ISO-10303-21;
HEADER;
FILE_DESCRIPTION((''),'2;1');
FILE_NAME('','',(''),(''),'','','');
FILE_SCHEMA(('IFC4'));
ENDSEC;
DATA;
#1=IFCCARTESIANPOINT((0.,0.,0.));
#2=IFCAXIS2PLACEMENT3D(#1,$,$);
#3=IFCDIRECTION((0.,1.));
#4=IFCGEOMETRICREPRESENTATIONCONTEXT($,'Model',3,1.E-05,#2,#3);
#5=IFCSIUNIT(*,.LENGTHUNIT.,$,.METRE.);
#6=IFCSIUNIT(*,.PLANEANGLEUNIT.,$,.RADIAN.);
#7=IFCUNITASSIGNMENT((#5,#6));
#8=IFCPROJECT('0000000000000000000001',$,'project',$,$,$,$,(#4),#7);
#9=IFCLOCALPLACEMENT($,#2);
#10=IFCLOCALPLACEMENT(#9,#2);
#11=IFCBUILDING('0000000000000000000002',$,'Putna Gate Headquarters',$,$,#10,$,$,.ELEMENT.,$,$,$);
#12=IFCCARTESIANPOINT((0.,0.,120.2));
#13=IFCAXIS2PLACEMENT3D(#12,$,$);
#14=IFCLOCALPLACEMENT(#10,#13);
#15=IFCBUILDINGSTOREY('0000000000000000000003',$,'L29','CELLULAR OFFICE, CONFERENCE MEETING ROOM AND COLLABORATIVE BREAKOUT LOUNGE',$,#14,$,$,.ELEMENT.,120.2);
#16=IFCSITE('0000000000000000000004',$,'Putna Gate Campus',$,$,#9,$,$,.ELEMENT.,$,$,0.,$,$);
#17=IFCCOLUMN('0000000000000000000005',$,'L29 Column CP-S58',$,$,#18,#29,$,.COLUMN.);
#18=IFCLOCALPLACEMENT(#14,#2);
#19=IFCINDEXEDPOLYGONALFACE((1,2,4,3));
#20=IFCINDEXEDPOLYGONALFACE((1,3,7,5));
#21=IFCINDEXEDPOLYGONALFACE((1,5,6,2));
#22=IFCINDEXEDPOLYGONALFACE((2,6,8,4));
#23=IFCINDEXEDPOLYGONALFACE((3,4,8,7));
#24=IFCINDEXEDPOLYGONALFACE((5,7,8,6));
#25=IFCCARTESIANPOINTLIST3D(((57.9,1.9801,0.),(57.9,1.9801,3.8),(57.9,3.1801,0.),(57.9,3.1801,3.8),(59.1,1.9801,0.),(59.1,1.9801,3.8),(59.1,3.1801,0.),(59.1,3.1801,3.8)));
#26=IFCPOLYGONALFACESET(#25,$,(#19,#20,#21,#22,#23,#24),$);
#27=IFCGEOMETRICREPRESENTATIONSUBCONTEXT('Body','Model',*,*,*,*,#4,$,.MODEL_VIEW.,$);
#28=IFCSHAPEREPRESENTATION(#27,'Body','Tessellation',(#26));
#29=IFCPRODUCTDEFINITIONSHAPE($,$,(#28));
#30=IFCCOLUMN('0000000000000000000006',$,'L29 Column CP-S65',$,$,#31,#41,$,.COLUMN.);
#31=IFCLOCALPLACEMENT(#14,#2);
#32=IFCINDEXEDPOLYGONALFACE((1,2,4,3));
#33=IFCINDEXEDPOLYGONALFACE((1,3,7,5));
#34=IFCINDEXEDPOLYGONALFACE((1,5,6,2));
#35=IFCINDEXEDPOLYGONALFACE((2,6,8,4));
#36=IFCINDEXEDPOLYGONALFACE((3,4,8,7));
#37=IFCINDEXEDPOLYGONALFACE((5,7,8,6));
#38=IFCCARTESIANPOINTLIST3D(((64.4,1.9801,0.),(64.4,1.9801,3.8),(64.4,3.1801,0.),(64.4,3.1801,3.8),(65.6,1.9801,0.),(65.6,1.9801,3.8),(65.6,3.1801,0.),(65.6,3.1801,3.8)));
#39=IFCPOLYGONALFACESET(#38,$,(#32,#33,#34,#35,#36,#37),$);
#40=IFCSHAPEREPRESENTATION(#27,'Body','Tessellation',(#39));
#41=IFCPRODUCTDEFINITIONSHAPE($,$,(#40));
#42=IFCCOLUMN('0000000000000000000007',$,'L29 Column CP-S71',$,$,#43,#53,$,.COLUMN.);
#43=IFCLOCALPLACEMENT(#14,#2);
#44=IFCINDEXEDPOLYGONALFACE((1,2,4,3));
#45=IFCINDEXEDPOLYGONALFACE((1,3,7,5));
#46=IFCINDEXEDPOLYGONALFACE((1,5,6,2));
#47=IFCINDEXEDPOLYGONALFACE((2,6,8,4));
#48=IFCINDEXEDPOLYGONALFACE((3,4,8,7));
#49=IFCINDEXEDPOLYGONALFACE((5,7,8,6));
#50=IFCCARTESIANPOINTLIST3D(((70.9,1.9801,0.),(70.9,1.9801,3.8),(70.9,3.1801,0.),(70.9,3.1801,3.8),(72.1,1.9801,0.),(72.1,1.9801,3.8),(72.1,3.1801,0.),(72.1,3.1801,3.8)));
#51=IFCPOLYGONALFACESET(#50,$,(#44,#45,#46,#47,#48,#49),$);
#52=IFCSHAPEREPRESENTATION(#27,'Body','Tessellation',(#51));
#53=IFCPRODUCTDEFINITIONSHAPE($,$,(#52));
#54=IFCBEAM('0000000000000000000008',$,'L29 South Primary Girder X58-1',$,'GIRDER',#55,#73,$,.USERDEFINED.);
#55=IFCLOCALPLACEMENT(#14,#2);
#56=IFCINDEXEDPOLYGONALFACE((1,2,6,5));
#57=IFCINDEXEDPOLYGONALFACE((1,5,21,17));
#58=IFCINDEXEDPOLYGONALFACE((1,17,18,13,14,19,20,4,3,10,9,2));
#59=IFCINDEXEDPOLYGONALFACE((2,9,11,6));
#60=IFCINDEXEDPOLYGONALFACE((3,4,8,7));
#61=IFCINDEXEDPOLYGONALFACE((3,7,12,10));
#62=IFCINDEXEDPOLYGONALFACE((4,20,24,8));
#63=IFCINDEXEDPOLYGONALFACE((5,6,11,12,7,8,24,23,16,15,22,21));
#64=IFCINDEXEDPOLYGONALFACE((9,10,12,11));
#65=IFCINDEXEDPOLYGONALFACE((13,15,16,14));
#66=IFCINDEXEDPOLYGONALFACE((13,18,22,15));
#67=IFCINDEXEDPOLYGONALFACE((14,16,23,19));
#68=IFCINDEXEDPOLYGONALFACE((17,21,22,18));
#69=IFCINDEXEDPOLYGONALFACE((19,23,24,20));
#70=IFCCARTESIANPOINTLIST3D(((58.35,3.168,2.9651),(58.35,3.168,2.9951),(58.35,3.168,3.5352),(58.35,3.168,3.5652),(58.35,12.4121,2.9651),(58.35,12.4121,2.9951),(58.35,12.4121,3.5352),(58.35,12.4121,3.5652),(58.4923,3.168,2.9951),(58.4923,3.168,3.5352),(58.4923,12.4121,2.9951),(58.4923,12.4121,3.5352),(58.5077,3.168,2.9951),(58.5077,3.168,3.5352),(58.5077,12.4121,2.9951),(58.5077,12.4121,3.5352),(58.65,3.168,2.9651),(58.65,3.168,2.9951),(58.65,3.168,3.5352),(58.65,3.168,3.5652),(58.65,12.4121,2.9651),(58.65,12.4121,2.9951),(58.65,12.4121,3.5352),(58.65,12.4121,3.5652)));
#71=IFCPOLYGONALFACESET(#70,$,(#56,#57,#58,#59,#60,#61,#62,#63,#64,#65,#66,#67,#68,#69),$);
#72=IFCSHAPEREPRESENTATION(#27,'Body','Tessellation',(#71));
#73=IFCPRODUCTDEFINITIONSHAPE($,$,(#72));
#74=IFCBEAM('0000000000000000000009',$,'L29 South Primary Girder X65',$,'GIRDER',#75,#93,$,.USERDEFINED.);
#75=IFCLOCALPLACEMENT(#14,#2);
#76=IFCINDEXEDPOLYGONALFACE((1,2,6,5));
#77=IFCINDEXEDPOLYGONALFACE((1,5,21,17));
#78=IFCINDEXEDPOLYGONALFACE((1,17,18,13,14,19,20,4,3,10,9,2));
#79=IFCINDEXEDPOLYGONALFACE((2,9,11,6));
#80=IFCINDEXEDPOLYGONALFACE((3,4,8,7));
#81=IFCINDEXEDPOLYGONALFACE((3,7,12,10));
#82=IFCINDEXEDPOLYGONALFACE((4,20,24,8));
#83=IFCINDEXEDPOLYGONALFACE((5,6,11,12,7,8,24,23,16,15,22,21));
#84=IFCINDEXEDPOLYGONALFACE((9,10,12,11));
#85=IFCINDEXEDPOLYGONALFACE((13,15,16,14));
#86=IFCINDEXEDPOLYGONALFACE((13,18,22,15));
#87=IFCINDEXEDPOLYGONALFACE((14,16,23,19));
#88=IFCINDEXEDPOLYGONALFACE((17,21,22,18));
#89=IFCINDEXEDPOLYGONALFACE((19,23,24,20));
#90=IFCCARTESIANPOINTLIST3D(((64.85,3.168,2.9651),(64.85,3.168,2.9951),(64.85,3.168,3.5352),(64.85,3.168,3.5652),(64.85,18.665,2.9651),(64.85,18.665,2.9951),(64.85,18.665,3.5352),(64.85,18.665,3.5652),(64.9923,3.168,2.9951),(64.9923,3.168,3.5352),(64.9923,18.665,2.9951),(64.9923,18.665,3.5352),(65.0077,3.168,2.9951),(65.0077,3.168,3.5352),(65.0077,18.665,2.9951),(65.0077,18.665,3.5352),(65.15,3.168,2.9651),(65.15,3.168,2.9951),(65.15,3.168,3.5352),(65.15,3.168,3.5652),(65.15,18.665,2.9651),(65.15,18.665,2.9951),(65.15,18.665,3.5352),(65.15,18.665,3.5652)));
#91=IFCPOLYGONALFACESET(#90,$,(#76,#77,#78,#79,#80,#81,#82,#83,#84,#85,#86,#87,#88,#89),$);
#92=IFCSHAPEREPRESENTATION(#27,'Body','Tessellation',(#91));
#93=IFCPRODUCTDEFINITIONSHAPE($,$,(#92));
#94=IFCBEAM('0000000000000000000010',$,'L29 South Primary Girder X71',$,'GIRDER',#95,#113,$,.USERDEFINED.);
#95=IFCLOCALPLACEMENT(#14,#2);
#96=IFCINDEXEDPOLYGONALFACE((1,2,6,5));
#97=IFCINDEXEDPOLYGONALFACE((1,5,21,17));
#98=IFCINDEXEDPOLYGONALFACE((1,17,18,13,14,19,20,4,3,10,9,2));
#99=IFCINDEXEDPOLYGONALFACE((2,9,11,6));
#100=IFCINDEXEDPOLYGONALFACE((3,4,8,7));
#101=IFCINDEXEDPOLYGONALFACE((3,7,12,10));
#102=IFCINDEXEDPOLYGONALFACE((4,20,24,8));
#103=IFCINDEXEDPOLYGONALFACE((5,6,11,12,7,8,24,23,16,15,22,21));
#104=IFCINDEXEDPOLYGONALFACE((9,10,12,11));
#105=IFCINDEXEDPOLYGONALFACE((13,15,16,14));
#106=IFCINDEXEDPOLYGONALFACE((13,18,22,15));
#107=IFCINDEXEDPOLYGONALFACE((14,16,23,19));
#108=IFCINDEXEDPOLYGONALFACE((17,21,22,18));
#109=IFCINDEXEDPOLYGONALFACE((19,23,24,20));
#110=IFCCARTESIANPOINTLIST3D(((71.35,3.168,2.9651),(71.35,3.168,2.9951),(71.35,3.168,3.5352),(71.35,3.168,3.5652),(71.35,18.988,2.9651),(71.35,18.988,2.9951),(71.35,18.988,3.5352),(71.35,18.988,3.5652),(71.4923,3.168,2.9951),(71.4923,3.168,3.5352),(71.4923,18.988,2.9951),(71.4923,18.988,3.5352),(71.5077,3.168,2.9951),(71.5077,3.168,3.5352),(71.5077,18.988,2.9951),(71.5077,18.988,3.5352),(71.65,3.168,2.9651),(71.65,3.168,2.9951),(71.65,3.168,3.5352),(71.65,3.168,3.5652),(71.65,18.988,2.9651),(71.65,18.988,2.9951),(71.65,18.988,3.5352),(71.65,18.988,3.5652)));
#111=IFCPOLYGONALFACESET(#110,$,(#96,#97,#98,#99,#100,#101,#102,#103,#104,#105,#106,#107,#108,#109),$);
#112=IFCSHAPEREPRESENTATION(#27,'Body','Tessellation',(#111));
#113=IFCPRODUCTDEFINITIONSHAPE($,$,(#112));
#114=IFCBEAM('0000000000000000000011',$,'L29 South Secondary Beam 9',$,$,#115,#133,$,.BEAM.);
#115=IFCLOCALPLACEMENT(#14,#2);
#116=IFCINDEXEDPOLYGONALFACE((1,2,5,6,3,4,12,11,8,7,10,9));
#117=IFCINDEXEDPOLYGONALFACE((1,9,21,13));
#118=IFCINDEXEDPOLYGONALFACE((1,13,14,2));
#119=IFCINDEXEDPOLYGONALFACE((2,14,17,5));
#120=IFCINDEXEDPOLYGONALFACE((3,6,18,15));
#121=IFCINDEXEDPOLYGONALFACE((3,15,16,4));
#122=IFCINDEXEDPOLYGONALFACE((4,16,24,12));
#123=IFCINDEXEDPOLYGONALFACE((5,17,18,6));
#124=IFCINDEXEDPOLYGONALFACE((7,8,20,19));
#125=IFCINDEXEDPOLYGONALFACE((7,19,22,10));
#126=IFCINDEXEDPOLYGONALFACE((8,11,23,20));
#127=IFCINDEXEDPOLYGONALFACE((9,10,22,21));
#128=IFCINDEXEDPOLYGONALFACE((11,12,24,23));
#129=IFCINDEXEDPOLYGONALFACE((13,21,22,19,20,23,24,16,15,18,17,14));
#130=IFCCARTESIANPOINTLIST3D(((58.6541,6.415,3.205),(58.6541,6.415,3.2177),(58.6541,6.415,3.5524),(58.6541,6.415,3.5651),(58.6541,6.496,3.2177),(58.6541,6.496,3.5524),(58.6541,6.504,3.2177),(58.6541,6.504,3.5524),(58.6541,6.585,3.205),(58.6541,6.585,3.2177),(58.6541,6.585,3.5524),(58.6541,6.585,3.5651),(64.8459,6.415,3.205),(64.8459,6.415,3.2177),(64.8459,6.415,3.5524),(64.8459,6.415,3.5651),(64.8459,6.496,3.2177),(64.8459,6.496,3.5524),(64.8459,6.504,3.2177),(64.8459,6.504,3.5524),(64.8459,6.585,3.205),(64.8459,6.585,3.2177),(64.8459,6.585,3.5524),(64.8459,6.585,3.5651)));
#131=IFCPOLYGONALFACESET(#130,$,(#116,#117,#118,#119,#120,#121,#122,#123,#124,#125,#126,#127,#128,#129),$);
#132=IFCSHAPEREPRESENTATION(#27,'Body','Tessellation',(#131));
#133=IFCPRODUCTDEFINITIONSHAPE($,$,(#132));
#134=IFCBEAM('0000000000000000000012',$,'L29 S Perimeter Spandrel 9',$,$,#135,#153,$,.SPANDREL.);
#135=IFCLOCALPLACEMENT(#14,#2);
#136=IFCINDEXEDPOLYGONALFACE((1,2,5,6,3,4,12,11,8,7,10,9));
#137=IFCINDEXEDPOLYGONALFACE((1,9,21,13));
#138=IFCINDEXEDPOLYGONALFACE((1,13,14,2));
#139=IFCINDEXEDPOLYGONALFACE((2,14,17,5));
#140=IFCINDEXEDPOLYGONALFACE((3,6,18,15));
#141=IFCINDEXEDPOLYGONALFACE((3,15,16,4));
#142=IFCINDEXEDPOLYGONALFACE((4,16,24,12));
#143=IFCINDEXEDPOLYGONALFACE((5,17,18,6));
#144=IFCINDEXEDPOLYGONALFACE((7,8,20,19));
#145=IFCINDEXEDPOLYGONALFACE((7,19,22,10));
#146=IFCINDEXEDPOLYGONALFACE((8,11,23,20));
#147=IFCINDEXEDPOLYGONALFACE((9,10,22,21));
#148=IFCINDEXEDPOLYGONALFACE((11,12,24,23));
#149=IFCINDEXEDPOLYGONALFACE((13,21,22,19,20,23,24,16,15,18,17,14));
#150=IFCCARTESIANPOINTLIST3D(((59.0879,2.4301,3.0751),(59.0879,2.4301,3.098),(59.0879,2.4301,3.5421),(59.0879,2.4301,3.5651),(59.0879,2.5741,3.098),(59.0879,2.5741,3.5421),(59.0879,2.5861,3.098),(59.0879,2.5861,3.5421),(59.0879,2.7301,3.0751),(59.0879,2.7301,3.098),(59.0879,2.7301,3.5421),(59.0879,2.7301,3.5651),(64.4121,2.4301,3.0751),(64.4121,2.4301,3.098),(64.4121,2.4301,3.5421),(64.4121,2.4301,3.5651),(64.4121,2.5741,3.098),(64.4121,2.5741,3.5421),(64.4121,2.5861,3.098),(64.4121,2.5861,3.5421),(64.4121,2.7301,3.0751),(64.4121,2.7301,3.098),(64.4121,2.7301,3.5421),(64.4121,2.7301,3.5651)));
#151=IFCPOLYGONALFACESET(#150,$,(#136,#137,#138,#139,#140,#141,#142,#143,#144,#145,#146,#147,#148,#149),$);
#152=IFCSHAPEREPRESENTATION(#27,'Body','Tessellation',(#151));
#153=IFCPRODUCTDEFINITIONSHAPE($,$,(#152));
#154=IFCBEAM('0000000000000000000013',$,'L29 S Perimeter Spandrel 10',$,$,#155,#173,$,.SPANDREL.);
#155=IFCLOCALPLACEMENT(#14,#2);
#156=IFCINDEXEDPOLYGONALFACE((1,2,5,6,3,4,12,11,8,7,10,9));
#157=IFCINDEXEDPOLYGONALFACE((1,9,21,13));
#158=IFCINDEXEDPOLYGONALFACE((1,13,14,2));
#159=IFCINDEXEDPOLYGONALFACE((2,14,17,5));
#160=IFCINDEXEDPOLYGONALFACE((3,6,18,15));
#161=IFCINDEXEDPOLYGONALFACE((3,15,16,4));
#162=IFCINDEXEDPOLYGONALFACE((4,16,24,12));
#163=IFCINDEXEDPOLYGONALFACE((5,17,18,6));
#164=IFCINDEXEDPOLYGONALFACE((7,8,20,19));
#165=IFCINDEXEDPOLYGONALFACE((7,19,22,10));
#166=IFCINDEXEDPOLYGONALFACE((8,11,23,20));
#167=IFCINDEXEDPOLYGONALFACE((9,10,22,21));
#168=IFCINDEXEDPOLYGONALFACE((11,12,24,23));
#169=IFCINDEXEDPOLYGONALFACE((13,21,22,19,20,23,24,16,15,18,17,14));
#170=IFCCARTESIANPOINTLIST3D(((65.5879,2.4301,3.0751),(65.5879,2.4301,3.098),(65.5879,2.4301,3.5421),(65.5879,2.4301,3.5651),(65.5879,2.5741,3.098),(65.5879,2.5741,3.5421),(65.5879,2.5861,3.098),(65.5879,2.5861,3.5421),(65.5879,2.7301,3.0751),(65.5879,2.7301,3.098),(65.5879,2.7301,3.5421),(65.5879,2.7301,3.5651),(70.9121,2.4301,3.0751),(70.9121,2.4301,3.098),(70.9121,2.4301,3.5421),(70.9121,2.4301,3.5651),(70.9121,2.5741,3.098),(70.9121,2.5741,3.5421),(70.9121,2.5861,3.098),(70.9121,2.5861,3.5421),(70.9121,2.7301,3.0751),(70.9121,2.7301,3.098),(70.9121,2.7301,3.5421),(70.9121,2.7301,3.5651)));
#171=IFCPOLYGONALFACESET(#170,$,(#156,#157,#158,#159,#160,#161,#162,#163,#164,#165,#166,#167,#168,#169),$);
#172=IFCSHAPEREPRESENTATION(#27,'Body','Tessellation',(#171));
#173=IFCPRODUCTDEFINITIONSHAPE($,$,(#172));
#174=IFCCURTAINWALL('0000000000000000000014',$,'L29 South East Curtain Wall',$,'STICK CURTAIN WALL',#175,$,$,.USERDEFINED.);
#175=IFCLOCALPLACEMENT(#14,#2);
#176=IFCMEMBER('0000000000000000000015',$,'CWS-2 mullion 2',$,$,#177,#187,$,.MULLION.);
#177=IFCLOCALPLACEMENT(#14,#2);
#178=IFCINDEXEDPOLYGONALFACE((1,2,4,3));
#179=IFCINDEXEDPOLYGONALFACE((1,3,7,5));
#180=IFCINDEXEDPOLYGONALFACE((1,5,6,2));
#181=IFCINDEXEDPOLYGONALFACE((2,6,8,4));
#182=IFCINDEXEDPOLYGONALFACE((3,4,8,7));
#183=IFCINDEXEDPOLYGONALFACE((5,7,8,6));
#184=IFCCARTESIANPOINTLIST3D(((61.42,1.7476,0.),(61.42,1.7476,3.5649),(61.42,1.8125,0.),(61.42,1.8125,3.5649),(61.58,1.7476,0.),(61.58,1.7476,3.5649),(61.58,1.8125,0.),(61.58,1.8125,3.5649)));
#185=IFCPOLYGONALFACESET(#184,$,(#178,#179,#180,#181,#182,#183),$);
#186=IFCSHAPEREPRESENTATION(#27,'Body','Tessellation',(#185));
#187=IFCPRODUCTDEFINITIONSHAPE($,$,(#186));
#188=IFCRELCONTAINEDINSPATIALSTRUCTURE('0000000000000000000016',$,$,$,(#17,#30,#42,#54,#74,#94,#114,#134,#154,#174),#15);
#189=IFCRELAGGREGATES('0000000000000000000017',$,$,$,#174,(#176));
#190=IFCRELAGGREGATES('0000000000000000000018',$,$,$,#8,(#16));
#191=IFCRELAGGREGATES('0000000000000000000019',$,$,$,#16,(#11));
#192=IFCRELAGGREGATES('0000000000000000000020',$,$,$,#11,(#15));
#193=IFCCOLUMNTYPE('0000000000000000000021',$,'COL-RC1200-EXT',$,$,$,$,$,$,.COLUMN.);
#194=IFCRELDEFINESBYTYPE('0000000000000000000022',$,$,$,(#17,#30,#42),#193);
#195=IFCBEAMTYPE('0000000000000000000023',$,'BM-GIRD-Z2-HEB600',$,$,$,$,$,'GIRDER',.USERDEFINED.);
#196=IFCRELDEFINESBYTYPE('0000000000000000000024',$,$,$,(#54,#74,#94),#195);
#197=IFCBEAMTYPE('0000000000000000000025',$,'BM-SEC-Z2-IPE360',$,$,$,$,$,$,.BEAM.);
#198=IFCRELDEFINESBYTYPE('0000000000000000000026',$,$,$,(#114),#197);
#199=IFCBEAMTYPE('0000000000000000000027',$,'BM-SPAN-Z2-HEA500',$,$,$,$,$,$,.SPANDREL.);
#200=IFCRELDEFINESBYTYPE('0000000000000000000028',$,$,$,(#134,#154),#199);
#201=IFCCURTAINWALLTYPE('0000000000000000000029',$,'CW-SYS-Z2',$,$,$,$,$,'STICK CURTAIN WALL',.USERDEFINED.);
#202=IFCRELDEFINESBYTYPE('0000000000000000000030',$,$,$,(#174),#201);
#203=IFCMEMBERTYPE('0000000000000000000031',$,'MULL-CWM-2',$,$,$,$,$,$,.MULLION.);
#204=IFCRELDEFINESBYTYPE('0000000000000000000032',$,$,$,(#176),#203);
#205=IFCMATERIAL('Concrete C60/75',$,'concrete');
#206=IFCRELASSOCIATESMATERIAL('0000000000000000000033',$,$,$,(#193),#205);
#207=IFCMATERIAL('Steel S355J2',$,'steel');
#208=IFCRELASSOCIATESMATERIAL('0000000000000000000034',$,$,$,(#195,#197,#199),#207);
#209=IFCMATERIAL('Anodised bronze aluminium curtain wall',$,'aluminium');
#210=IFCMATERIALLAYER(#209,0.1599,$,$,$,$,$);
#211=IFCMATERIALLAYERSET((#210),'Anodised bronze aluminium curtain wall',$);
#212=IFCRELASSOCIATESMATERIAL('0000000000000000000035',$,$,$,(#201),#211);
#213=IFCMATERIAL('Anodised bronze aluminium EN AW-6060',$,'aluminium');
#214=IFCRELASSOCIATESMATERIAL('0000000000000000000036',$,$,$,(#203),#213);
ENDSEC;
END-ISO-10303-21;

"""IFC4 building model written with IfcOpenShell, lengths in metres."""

from ifc_helpers import new_model, si_unit, direction, frame, origin, origin_2d, place, context, subcontext, project, spatial, rectangle, i_section, extrude, material, layer, layer_set, material_profile, profile_set, type_object, element, aggregate, save


model = new_model("IFC4")

# Units and contexts
model_context = context("Model", 3, precision=1e-05, world=origin(), true_north=direction((0.0, 1.0)))
body_context = subcontext(model_context, "Body", "Model", "MODEL_VIEW")
ifc_project = project(units=[si_unit("LENGTHUNIT", "METRE"), si_unit("PLANEANGLEUNIT", "RADIAN")], contexts=[model_context])

# Site, building, storey
site_placement = place(None, origin())
site = spatial("IfcSite", under=ifc_project, at=site_placement, Name="Putna Gate Campus", CompositionType="ELEMENT", RefElevation=0.0)
building_placement = place(site_placement, origin())
building = spatial("IfcBuilding", under=site, at=building_placement, Name="Putna Gate Headquarters", CompositionType="ELEMENT")
storey_placement = place(building_placement, frame((0.0, 0.0, 120.2)))
storey = spatial("IfcBuildingStorey", under=building, at=storey_placement, Name="L29", Description="CELLULAR OFFICE, CONFERENCE MEETING ROOM AND COLLABORATIVE BREAKOUT LOUNGE", CompositionType="ELEMENT", Elevation=120.2)

# Columns
ifc_material_1 = material(Name="Concrete C60/75", Category="concrete")
ifc_material_profile_1 = material_profile(ifc_material_1, rectangle(XDim=1.2, YDim=1.2, at=origin_2d()), Name="Concrete C60/75")
ifc_profile_set_1 = profile_set([ifc_material_profile_1], Name="Concrete C60/75")
column_type = type_object("IfcColumnType", Name="COL-RC1200-EXT", PredefinedType="COLUMN", material=ifc_profile_set_1)
for number, where, z_axis, x_axis, name in (
    (1, (58.5, 2.5801, 0.0), (0.0, 0.0, 1.0), (1.0, 0.0, 0.0), "L29 Column CP-S58"),
    (2, (65.0, 2.5801, 0.0), (0.0, 0.0, 1.0), (1.0, 0.0, 0.0), "L29 Column CP-S65"),
    (3, (71.5, 2.5801, 0.0), (0.0, 0.0, 1.0), (1.0, 0.0, 0.0), "L29 Column CP-S71"),
):
    element("IfcColumn", number, at=place(storey_placement, frame(where, z_axis=z_axis, x_axis=x_axis)), inside=storey, type_object=column_type, Name=name, PredefinedType="COLUMN", context=body_context, shape_type="SweptSolid", body=[
        extrude(rectangle(XDim=1.2, YDim=1.2, at=origin_2d()), origin(), (0.0, 0.0, 1.0), 3.8),
    ])

# Beams
ifc_material_2 = material(Name="Steel S355J2", Category="steel")
ifc_material_profile_2 = material_profile(ifc_material_2, i_section(OverallWidth=0.3, OverallDepth=0.6001, WebThickness=0.0154, FlangeThickness=0.03, at=origin_2d()), Name="Steel S355J2")
ifc_profile_set_2 = profile_set([ifc_material_profile_2], Name="Steel S355J2")
beam_type_1 = type_object("IfcBeamType", Name="BM-GIRD-Z2-HEB600", ElementType="GIRDER", PredefinedType="USERDEFINED", material=ifc_profile_set_2)
beam_1_placement = place(storey_placement, frame((58.5, 3.168, 3.2651), z_axis=(0.0, 1.0, 0.0), x_axis=(-1.0, 0.0, 0.0)))
element("IfcBeam", 4, at=beam_1_placement, inside=storey, type_object=beam_type_1, Name="L29 South Primary Girder X58-1", ObjectType="GIRDER", PredefinedType="USERDEFINED", context=body_context, shape_type="SweptSolid", body=[
    extrude(i_section(OverallWidth=0.3, OverallDepth=0.6001, WebThickness=0.0154, FlangeThickness=0.03, at=origin_2d()), origin(), (0.0, 0.0, 1.0), 9.2441),
])
beam_2_placement = place(storey_placement, frame((65.0, 3.168, 3.2651), z_axis=(0.0, 1.0, 0.0), x_axis=(-1.0, 0.0, 0.0)))
element("IfcBeam", 5, at=beam_2_placement, inside=storey, type_object=beam_type_1, Name="L29 South Primary Girder X65", ObjectType="GIRDER", PredefinedType="USERDEFINED", context=body_context, shape_type="SweptSolid", body=[
    extrude(i_section(OverallWidth=0.3, OverallDepth=0.6001, WebThickness=0.0154, FlangeThickness=0.03, at=origin_2d()), origin(), (0.0, 0.0, 1.0), 15.4971),
])
beam_3_placement = place(storey_placement, frame((71.5, 3.168, 3.2651), z_axis=(0.0, 1.0, 0.0), x_axis=(-1.0, 0.0, 0.0)))
element("IfcBeam", 6, at=beam_3_placement, inside=storey, type_object=beam_type_1, Name="L29 South Primary Girder X71", ObjectType="GIRDER", PredefinedType="USERDEFINED", context=body_context, shape_type="SweptSolid", body=[
    extrude(i_section(OverallWidth=0.3, OverallDepth=0.6001, WebThickness=0.0154, FlangeThickness=0.03, at=origin_2d()), origin(), (0.0, 0.0, 1.0), 15.8201),
])
ifc_material_profile_3 = material_profile(ifc_material_2, i_section(OverallWidth=0.1699, OverallDepth=0.3601, WebThickness=0.0081, FlangeThickness=0.0127, at=origin_2d()), Name="Steel S355J2")
ifc_profile_set_3 = profile_set([ifc_material_profile_3], Name="Steel S355J2")
beam_type_2 = type_object("IfcBeamType", Name="BM-SEC-Z2-IPE360", PredefinedType="BEAM", material=ifc_profile_set_3)
beam_4_placement = place(storey_placement, frame((58.6541, 6.5, 3.385), z_axis=(1.0, 0.0, 0.0), x_axis=(0.0, 1.0, 0.0)))
element("IfcBeam", 7, at=beam_4_placement, inside=storey, type_object=beam_type_2, Name="L29 South Secondary Beam 9", PredefinedType="BEAM", context=body_context, shape_type="SweptSolid", body=[
    extrude(i_section(OverallWidth=0.1699, OverallDepth=0.3601, WebThickness=0.0081, FlangeThickness=0.0127, at=origin_2d()), origin(), (0.0, 0.0, 1.0), 6.1919),
])
ifc_material_profile_4 = material_profile(ifc_material_2, i_section(OverallWidth=0.3, OverallDepth=0.49, WebThickness=0.012, FlangeThickness=0.0229, at=origin_2d()), Name="Steel S355J2")
ifc_profile_set_4 = profile_set([ifc_material_profile_4], Name="Steel S355J2")
beam_type_3 = type_object("IfcBeamType", Name="BM-SPAN-Z2-HEA500", PredefinedType="SPANDREL", material=ifc_profile_set_4)
for number, where, z_axis, x_axis, name in (
    (8, (59.0879, 2.5801, 3.3201), (1.0, 0.0, 0.0), (0.0, 1.0, 0.0), "L29 S Perimeter Spandrel 9"),
    (9, (65.5879, 2.5801, 3.3201), (1.0, 0.0, 0.0), (0.0, 1.0, 0.0), "L29 S Perimeter Spandrel 10"),
):
    element("IfcBeam", number, at=place(storey_placement, frame(where, z_axis=z_axis, x_axis=x_axis)), inside=storey, type_object=beam_type_3, Name=name, PredefinedType="SPANDREL", context=body_context, shape_type="SweptSolid", body=[
        extrude(i_section(OverallWidth=0.3, OverallDepth=0.49, WebThickness=0.012, FlangeThickness=0.0229, at=origin_2d()), origin(), (0.0, 0.0, 1.0), 5.3242),
    ])

# Curtain wall, member
ifc_material_3 = material(Name="Anodised bronze aluminium curtain wall", Category="aluminium")
ifc_layer_1 = layer(ifc_material_3, 0.1599)
ifc_layer_set_1 = layer_set([ifc_layer_1], Name="Anodised bronze aluminium curtain wall")
curtain_wall_type = type_object("IfcCurtainWallType", Name="CW-SYS-Z2", ElementType="STICK CURTAIN WALL", PredefinedType="USERDEFINED", material=ifc_layer_set_1)
curtain_wall_1_placement = place(storey_placement, origin())
curtain_wall_1 = element("IfcCurtainWall", 10, at=curtain_wall_1_placement, inside=storey, type_object=curtain_wall_type, Name="L29 South East Curtain Wall", ObjectType="STICK CURTAIN WALL", PredefinedType="USERDEFINED")
ifc_material_4 = material(Name="Anodised bronze aluminium EN AW-6060", Category="aluminium")
ifc_material_profile_5 = material_profile(ifc_material_4, rectangle(XDim=0.0649, YDim=0.1599, at=origin_2d()), Name="Anodised bronze aluminium EN AW-6060")
ifc_profile_set_5 = profile_set([ifc_material_profile_5], Name="Anodised bronze aluminium EN AW-6060")
member_type_1 = type_object("IfcMemberType", Name="MULL-CWM-2", PredefinedType="MULLION", material=ifc_profile_set_5)
member_1_placement = place(storey_placement, frame((61.5, 1.78, 0.0), z_axis=(0.0, 0.0, 1.0), x_axis=(0.0, 1.0, 0.0)))
member_1 = element("IfcMember", 11, at=member_1_placement, type_object=member_type_1, Name="CWS-2 mullion 2", PredefinedType="MULLION", context=body_context, shape_type="SweptSolid", body=[
    extrude(rectangle(XDim=0.0649, YDim=0.1599, at=origin_2d()), origin(), (0.0, 0.0, 1.0), 3.5649),
])

aggregate(curtain_wall_1, [member_1])

save(model, "model.ifc")
